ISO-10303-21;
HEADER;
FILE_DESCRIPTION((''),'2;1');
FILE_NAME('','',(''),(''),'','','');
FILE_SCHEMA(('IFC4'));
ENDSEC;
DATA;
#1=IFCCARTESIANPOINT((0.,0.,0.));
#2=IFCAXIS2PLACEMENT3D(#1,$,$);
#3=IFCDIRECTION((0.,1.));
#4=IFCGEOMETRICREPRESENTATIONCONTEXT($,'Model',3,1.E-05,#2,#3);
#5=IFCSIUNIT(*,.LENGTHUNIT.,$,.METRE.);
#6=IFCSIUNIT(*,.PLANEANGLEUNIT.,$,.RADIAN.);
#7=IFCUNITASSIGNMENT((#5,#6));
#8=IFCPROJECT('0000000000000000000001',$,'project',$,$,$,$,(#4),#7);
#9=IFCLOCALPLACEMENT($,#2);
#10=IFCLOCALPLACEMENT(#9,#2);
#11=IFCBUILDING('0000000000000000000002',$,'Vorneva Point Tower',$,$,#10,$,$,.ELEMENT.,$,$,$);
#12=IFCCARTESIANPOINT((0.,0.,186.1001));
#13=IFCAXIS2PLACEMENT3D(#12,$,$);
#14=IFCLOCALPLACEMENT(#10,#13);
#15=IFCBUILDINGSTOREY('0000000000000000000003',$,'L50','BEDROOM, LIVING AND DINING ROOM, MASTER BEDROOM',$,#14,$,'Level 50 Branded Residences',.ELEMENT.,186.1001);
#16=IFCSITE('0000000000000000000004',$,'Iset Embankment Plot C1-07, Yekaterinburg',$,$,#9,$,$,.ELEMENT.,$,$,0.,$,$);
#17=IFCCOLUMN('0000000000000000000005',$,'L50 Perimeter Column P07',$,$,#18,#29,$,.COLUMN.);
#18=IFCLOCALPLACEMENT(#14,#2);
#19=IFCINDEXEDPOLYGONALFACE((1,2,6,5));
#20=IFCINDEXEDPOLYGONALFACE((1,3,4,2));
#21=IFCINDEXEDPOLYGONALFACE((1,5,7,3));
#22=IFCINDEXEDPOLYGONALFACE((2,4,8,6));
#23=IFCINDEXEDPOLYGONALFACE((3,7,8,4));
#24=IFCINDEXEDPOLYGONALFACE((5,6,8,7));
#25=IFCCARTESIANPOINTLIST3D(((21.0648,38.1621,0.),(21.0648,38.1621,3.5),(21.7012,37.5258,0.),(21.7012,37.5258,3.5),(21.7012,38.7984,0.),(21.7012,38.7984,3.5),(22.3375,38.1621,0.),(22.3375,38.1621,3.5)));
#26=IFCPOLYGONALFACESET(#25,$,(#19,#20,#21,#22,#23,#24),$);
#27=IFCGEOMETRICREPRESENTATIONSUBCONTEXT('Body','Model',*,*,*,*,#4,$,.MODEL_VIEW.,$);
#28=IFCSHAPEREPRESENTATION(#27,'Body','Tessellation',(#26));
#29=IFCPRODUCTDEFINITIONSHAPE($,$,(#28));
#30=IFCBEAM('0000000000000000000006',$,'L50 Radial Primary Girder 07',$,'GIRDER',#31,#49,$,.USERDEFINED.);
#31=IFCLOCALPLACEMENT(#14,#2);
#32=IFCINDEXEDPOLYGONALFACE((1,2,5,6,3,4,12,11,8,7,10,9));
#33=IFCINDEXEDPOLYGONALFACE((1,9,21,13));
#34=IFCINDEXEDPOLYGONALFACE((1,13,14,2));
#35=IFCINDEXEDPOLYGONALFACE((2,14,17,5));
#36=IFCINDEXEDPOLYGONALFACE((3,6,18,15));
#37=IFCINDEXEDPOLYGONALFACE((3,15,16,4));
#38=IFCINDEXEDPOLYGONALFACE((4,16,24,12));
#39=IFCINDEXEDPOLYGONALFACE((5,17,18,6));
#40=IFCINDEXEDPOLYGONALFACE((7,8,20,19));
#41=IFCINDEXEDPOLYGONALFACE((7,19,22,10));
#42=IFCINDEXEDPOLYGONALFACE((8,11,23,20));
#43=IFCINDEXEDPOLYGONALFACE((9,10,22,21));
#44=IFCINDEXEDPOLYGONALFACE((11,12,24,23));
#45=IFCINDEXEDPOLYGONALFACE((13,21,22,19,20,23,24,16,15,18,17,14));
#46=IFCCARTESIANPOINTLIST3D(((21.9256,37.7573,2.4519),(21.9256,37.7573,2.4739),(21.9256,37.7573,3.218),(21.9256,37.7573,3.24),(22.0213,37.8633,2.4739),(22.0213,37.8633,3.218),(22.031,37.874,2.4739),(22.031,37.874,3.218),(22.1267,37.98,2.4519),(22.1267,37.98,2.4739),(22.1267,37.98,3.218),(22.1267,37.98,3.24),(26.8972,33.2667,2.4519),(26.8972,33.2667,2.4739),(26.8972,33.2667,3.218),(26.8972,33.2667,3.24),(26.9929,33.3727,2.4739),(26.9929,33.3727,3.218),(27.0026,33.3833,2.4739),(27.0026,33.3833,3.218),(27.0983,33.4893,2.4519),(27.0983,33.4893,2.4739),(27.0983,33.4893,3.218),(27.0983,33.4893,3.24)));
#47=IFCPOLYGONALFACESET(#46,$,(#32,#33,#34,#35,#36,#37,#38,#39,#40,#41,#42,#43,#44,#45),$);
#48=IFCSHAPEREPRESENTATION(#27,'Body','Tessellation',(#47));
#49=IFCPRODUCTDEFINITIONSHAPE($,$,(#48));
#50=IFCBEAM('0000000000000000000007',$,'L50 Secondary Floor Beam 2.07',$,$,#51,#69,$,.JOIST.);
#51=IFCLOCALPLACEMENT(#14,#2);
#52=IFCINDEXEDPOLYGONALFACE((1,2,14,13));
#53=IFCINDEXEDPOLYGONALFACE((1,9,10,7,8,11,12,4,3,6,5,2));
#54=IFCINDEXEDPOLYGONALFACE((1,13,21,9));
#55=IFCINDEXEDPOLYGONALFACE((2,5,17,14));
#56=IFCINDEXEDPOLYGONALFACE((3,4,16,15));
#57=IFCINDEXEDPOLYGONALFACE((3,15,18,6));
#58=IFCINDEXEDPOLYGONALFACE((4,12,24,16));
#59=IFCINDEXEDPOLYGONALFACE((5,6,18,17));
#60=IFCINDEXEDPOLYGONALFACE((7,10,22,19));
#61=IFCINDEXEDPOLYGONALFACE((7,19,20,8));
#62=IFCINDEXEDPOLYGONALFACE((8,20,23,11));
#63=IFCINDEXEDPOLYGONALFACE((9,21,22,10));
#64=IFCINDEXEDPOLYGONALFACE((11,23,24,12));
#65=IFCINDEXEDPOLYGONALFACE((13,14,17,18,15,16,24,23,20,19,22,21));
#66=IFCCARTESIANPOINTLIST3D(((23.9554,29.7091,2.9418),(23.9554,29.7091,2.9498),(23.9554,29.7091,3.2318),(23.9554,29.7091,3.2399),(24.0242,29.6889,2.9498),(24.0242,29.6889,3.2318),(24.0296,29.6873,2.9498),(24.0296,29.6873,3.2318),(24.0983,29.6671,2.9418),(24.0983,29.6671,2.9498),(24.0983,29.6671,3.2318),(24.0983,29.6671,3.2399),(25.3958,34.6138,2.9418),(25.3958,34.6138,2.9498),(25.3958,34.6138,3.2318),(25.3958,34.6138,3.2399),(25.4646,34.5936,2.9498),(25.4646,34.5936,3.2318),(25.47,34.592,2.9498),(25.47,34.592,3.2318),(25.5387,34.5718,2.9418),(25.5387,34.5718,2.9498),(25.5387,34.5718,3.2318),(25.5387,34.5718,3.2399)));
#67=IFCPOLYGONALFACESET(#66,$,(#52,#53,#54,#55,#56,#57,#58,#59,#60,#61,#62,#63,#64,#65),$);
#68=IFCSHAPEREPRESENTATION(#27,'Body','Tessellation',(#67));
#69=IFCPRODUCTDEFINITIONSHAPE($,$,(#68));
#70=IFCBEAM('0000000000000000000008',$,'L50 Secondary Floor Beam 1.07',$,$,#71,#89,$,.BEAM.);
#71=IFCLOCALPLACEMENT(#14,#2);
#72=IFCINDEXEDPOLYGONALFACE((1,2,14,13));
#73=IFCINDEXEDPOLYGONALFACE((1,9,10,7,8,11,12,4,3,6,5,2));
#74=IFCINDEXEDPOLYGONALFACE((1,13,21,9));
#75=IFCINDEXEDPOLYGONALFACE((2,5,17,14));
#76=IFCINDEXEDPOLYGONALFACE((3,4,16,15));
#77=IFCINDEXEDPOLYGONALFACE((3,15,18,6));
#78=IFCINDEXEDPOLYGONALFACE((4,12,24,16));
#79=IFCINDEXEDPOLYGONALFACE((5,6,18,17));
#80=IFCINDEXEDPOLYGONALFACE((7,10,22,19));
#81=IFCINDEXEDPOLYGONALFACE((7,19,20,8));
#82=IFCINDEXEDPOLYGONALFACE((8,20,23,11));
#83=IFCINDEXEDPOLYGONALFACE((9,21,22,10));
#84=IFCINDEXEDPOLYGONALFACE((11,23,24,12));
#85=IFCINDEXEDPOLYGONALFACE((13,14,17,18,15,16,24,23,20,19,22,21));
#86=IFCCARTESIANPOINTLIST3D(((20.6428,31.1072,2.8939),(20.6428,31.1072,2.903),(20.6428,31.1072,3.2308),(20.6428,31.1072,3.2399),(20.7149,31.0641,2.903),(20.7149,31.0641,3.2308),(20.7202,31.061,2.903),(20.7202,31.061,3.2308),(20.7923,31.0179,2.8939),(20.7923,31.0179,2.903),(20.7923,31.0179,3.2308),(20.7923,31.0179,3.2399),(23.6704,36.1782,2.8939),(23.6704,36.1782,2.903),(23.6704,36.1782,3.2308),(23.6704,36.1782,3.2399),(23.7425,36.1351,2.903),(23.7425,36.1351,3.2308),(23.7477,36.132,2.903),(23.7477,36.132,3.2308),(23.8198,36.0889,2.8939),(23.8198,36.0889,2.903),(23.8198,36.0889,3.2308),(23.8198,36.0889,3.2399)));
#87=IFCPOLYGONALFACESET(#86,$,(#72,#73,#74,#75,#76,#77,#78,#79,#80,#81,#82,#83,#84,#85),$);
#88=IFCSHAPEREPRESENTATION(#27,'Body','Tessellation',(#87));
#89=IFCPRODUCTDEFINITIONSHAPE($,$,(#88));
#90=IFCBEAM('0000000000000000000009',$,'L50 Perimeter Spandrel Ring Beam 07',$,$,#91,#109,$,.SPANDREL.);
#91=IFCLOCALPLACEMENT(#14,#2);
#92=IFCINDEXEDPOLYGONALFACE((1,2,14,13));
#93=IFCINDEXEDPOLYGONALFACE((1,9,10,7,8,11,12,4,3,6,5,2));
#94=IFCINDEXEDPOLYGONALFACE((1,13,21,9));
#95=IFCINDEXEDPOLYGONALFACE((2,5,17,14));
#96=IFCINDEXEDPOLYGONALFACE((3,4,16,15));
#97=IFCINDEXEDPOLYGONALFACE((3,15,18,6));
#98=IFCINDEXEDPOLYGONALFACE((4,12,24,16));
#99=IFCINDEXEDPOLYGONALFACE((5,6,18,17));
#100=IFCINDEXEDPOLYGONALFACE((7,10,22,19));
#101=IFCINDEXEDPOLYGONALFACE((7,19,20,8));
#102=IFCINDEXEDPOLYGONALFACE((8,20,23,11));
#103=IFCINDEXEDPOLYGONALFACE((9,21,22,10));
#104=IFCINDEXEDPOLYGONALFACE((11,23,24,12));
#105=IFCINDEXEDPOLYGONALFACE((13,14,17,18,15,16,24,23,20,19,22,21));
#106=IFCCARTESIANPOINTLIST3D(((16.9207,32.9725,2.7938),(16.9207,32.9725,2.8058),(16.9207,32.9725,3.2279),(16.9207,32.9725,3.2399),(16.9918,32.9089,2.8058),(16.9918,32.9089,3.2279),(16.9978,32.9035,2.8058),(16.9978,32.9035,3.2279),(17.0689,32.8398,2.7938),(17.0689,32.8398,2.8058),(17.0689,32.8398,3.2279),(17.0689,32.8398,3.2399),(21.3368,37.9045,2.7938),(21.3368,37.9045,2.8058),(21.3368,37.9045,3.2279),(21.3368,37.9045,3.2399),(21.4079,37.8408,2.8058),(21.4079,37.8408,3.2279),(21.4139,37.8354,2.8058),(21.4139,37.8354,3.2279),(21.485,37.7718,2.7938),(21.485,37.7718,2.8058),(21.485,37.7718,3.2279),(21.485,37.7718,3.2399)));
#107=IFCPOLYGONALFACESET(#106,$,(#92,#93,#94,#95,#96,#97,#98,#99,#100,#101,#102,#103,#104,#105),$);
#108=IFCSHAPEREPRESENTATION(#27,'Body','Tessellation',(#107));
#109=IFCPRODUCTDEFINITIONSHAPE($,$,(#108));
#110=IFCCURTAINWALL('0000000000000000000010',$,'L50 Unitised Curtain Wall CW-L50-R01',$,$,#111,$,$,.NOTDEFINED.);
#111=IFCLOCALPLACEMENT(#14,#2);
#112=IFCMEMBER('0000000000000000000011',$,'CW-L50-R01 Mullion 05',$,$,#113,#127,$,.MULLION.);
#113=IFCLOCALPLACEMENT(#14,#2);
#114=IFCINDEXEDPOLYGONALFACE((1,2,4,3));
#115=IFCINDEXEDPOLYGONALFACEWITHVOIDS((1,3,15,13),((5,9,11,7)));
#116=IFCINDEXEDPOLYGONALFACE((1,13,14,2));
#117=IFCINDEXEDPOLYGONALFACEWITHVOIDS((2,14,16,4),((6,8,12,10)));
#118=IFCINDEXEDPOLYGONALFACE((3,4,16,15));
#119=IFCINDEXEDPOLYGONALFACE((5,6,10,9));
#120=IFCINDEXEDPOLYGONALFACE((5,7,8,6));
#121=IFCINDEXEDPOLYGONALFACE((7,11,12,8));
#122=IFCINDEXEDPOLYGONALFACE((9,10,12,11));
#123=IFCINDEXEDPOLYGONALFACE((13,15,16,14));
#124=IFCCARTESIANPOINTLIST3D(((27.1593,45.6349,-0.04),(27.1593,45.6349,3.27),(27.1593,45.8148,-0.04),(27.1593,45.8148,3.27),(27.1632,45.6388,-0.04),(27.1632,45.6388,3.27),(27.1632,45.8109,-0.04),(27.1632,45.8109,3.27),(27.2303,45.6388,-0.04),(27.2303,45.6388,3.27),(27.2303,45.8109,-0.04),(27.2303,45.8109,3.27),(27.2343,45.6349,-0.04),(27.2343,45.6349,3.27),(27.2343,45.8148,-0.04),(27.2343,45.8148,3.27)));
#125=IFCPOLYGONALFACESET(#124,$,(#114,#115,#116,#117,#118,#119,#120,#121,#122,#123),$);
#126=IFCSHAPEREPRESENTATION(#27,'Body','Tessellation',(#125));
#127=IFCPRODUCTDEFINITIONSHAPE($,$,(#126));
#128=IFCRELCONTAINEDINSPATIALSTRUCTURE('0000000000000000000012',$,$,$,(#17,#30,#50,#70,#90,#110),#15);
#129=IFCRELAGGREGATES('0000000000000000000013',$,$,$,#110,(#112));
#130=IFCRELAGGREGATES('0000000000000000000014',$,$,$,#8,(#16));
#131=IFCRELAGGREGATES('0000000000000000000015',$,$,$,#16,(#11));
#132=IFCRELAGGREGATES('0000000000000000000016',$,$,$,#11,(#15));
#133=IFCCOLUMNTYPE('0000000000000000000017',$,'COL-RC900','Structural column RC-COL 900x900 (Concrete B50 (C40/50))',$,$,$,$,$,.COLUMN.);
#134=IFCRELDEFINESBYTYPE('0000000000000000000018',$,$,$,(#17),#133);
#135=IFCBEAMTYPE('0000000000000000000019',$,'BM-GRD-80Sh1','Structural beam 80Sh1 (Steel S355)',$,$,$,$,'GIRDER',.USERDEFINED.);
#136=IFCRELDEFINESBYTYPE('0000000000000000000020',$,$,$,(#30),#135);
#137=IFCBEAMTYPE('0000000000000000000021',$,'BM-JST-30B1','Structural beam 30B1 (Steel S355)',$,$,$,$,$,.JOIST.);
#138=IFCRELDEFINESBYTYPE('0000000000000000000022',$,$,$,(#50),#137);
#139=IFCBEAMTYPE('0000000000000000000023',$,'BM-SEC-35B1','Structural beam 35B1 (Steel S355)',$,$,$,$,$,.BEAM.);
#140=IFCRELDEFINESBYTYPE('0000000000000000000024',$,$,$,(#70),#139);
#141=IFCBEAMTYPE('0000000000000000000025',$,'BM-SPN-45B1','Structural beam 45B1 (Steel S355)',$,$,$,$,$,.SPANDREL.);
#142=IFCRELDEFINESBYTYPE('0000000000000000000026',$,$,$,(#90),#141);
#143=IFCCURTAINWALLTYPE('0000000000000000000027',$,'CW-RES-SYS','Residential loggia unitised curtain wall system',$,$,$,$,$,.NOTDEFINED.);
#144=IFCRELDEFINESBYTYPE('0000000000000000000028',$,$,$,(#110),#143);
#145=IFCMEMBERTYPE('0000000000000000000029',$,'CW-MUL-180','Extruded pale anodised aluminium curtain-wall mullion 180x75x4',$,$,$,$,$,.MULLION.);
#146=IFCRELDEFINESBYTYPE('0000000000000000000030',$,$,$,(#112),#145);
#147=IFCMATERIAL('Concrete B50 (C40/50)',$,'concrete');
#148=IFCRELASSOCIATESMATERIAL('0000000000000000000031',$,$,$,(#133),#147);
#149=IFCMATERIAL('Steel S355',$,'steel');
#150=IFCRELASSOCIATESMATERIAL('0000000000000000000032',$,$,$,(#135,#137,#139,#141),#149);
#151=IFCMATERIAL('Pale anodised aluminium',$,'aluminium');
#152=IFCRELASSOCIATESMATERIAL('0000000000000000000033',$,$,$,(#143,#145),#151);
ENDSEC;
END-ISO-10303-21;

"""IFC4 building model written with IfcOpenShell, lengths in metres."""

from ifc_helpers import new_model, si_unit, direction, frame, origin, origin_2d, place, context, subcontext, project, spatial, rectangle, hollow_rectangle, i_section, extrude, material, material_profile, profile_set, type_object, element, aggregate, save


model = new_model("IFC4")

# Units and contexts
model_context = context("Model", 3, precision=1e-05, world=origin(), true_north=direction((0.0, 1.0)))
body_context = subcontext(model_context, "Body", "Model", "MODEL_VIEW")
ifc_project = project(units=[si_unit("LENGTHUNIT", "METRE"), si_unit("PLANEANGLEUNIT", "RADIAN")], contexts=[model_context])

# Site, building, storey
site_placement = place(None, origin())
site = spatial("IfcSite", under=ifc_project, at=site_placement, Name="Iset Embankment Plot C1-07, Yekaterinburg", CompositionType="ELEMENT", RefElevation=0.0)
building_placement = place(site_placement, origin())
building = spatial("IfcBuilding", under=site, at=building_placement, Name="Vorneva Point Tower", CompositionType="ELEMENT")
storey_placement = place(building_placement, frame((0.0, 0.0, 186.1001)))
storey = spatial("IfcBuildingStorey", under=building, at=storey_placement, Name="L50", Description="BEDROOM, LIVING AND DINING ROOM, MASTER BEDROOM", LongName="Level 50 Branded Residences", CompositionType="ELEMENT", Elevation=186.1001)

# Column
ifc_material_1 = material(Name="Concrete B50 (C40/50)", Category="concrete")
ifc_material_profile_1 = material_profile(ifc_material_1, rectangle(XDim=0.8999, YDim=0.8999, at=origin_2d()), Name="RC-COL 900x900")
ifc_profile_set_1 = profile_set([ifc_material_profile_1], Name="Concrete B50 (C40/50)")
column_type = type_object("IfcColumnType", Name="COL-RC900", Description="Structural column RC-COL 900x900 (Concrete B50 (C40/50))", PredefinedType="COLUMN", material=ifc_profile_set_1)
column_placement = place(storey_placement, frame((21.7012, 38.1621, 0.0), z_axis=(0.0, 0.0, 1.0), x_axis=(-0.707107, 0.707107, 0.0)))
element("IfcColumn", 1, at=column_placement, inside=storey, type_object=column_type, Name="L50 Perimeter Column P07", PredefinedType="COLUMN", context=body_context, shape_type="SweptSolid", body=[
    extrude(rectangle(XDim=0.8999, YDim=0.8999, at=origin_2d()), origin(), (0.0, 0.0, 1.0), 3.5),
])

# Beams
ifc_material_2 = material(Name="Steel S355", Category="steel")
ifc_material_profile_2 = material_profile(ifc_material_2, i_section(OverallWidth=0.3, OverallDepth=0.7881, WebThickness=0.0144, FlangeThickness=0.022, at=origin_2d()), Name="80Sh1")
ifc_profile_set_2 = profile_set([ifc_material_profile_2], Name="Steel S355")
beam_type_1 = type_object("IfcBeamType", Name="BM-GRD-80Sh1", Description="Structural beam 80Sh1 (Steel S355)", ElementType="GIRDER", PredefinedType="USERDEFINED", material=ifc_profile_set_2)
beam_1_placement = place(storey_placement, frame((22.0261, 37.8687, 2.8459), z_axis=(0.74209, -0.670301, 0.0), x_axis=(0.670301, 0.74209, 0.0)))
element("IfcBeam", 2, at=beam_1_placement, inside=storey, type_object=beam_type_1, Name="L50 Radial Primary Girder 07", ObjectType="GIRDER", PredefinedType="USERDEFINED", context=body_context, shape_type="SweptSolid", body=[
    extrude(i_section(OverallWidth=0.3, OverallDepth=0.7881, WebThickness=0.0144, FlangeThickness=0.022, at=origin_2d()), origin(), (0.0, 0.0, 1.0), 6.6995),
])
ifc_material_profile_3 = material_profile(ifc_material_2, i_section(OverallWidth=0.1489, OverallDepth=0.2981, WebThickness=0.0056, FlangeThickness=0.0081, at=origin_2d()), Name="30B1")
ifc_profile_set_3 = profile_set([ifc_material_profile_3], Name="Steel S355")
beam_type_2 = type_object("IfcBeamType", Name="BM-JST-30B1", Description="Structural beam 30B1 (Steel S355)", PredefinedType="JOIST", material=ifc_profile_set_3)
beam_2_placement = place(storey_placement, frame((25.4673, 34.5928, 3.0908), z_axis=(-0.281778, -0.959479, 0.0), x_axis=(0.959479, -0.281778, 0.0)))
element("IfcBeam", 3, at=beam_2_placement, inside=storey, type_object=beam_type_2, Name="L50 Secondary Floor Beam 2.07", PredefinedType="JOIST", context=body_context, shape_type="SweptSolid", body=[
    extrude(i_section(OverallWidth=0.1489, OverallDepth=0.2981, WebThickness=0.0056, FlangeThickness=0.0081, at=origin_2d()), origin(), (0.0, 0.0, 1.0), 5.1118),
])
ifc_material_profile_4 = material_profile(ifc_material_2, i_section(OverallWidth=0.1741, OverallDepth=0.3459, WebThickness=0.0061, FlangeThickness=0.009, at=origin_2d()), Name="35B1")
ifc_profile_set_4 = profile_set([ifc_material_profile_4], Name="Steel S355")
beam_type_3 = type_object("IfcBeamType", Name="BM-SEC-35B1", Description="Structural beam 35B1 (Steel S355)", PredefinedType="BEAM", material=ifc_profile_set_4)
beam_3_placement = place(storey_placement, frame((23.7451, 36.1335, 3.0669), z_axis=(-0.512622, -0.858614, 0.0), x_axis=(0.858614, -0.512622, 0.0)))
element("IfcBeam", 4, at=beam_3_placement, inside=storey, type_object=beam_type_3, Name="L50 Secondary Floor Beam 1.07", PredefinedType="BEAM", context=body_context, shape_type="SweptSolid", body=[
    extrude(i_section(OverallWidth=0.1741, OverallDepth=0.3459, WebThickness=0.0061, FlangeThickness=0.009, at=origin_2d()), origin(), (0.0, 0.0, 1.0), 5.906),
])
ifc_material_profile_5 = material_profile(ifc_material_2, i_section(OverallWidth=0.199, OverallDepth=0.446, WebThickness=0.0081, FlangeThickness=0.012, at=origin_2d()), Name="45B1")
ifc_profile_set_5 = profile_set([ifc_material_profile_5], Name="Steel S355")
beam_type_4 = type_object("IfcBeamType", Name="BM-SPN-45B1", Description="Structural beam 45B1 (Steel S355)", PredefinedType="SPANDREL", material=ifc_profile_set_5)
beam_4_placement = place(storey_placement, frame((21.4109, 37.8381, 3.0168), z_axis=(-0.66707, -0.744995, 0.0), x_axis=(0.744995, -0.66707, 0.0)))
element("IfcBeam", 5, at=beam_4_placement, inside=storey, type_object=beam_type_4, Name="L50 Perimeter Spandrel Ring Beam 07", PredefinedType="SPANDREL", context=body_context, shape_type="SweptSolid", body=[
    extrude(i_section(OverallWidth=0.199, OverallDepth=0.446, WebThickness=0.0081, FlangeThickness=0.012, at=origin_2d()), origin(), (0.0, 0.0, 1.0), 6.6201),
])

# Curtain wall, member
ifc_material_3 = material(Name="Pale anodised aluminium", Category="aluminium")
curtain_wall_type = type_object("IfcCurtainWallType", Name="CW-RES-SYS", Description="Residential loggia unitised curtain wall system", PredefinedType="NOTDEFINED", material=ifc_material_3)
curtain_wall_placement = place(storey_placement, origin())
curtain_wall = element("IfcCurtainWall", 6, at=curtain_wall_placement, inside=storey, type_object=curtain_wall_type, Name="L50 Unitised Curtain Wall CW-L50-R01", PredefinedType="NOTDEFINED")
ifc_material_profile_6 = material_profile(ifc_material_3, hollow_rectangle(XDim=0.075, YDim=0.1799, WallThickness=0.0039, at=origin_2d()), Name="AL-MUL 180x75x4")
ifc_profile_set_6 = profile_set([ifc_material_profile_6], Name="Pale anodised aluminium")
member_type = type_object("IfcMemberType", Name="CW-MUL-180", Description="Extruded pale anodised aluminium curtain-wall mullion 180x75x4", PredefinedType="MULLION", material=ifc_profile_set_6)
member_placement = place(storey_placement, frame((27.1968, 45.7249, -0.04), z_axis=(0.0, 0.0, 1.0), x_axis=(1.0, 0.0, 0.0)))
member = element("IfcMember", 7, at=member_placement, type_object=member_type, Name="CW-L50-R01 Mullion 05", PredefinedType="MULLION", context=body_context, shape_type="SweptSolid", body=[
    extrude(hollow_rectangle(XDim=0.075, YDim=0.1799, WallThickness=0.0039, at=origin_2d()), origin(), (0.0, 0.0, 1.0), 3.3101),
])
aggregate(curtain_wall, [member])

save(model, "model.ifc")
